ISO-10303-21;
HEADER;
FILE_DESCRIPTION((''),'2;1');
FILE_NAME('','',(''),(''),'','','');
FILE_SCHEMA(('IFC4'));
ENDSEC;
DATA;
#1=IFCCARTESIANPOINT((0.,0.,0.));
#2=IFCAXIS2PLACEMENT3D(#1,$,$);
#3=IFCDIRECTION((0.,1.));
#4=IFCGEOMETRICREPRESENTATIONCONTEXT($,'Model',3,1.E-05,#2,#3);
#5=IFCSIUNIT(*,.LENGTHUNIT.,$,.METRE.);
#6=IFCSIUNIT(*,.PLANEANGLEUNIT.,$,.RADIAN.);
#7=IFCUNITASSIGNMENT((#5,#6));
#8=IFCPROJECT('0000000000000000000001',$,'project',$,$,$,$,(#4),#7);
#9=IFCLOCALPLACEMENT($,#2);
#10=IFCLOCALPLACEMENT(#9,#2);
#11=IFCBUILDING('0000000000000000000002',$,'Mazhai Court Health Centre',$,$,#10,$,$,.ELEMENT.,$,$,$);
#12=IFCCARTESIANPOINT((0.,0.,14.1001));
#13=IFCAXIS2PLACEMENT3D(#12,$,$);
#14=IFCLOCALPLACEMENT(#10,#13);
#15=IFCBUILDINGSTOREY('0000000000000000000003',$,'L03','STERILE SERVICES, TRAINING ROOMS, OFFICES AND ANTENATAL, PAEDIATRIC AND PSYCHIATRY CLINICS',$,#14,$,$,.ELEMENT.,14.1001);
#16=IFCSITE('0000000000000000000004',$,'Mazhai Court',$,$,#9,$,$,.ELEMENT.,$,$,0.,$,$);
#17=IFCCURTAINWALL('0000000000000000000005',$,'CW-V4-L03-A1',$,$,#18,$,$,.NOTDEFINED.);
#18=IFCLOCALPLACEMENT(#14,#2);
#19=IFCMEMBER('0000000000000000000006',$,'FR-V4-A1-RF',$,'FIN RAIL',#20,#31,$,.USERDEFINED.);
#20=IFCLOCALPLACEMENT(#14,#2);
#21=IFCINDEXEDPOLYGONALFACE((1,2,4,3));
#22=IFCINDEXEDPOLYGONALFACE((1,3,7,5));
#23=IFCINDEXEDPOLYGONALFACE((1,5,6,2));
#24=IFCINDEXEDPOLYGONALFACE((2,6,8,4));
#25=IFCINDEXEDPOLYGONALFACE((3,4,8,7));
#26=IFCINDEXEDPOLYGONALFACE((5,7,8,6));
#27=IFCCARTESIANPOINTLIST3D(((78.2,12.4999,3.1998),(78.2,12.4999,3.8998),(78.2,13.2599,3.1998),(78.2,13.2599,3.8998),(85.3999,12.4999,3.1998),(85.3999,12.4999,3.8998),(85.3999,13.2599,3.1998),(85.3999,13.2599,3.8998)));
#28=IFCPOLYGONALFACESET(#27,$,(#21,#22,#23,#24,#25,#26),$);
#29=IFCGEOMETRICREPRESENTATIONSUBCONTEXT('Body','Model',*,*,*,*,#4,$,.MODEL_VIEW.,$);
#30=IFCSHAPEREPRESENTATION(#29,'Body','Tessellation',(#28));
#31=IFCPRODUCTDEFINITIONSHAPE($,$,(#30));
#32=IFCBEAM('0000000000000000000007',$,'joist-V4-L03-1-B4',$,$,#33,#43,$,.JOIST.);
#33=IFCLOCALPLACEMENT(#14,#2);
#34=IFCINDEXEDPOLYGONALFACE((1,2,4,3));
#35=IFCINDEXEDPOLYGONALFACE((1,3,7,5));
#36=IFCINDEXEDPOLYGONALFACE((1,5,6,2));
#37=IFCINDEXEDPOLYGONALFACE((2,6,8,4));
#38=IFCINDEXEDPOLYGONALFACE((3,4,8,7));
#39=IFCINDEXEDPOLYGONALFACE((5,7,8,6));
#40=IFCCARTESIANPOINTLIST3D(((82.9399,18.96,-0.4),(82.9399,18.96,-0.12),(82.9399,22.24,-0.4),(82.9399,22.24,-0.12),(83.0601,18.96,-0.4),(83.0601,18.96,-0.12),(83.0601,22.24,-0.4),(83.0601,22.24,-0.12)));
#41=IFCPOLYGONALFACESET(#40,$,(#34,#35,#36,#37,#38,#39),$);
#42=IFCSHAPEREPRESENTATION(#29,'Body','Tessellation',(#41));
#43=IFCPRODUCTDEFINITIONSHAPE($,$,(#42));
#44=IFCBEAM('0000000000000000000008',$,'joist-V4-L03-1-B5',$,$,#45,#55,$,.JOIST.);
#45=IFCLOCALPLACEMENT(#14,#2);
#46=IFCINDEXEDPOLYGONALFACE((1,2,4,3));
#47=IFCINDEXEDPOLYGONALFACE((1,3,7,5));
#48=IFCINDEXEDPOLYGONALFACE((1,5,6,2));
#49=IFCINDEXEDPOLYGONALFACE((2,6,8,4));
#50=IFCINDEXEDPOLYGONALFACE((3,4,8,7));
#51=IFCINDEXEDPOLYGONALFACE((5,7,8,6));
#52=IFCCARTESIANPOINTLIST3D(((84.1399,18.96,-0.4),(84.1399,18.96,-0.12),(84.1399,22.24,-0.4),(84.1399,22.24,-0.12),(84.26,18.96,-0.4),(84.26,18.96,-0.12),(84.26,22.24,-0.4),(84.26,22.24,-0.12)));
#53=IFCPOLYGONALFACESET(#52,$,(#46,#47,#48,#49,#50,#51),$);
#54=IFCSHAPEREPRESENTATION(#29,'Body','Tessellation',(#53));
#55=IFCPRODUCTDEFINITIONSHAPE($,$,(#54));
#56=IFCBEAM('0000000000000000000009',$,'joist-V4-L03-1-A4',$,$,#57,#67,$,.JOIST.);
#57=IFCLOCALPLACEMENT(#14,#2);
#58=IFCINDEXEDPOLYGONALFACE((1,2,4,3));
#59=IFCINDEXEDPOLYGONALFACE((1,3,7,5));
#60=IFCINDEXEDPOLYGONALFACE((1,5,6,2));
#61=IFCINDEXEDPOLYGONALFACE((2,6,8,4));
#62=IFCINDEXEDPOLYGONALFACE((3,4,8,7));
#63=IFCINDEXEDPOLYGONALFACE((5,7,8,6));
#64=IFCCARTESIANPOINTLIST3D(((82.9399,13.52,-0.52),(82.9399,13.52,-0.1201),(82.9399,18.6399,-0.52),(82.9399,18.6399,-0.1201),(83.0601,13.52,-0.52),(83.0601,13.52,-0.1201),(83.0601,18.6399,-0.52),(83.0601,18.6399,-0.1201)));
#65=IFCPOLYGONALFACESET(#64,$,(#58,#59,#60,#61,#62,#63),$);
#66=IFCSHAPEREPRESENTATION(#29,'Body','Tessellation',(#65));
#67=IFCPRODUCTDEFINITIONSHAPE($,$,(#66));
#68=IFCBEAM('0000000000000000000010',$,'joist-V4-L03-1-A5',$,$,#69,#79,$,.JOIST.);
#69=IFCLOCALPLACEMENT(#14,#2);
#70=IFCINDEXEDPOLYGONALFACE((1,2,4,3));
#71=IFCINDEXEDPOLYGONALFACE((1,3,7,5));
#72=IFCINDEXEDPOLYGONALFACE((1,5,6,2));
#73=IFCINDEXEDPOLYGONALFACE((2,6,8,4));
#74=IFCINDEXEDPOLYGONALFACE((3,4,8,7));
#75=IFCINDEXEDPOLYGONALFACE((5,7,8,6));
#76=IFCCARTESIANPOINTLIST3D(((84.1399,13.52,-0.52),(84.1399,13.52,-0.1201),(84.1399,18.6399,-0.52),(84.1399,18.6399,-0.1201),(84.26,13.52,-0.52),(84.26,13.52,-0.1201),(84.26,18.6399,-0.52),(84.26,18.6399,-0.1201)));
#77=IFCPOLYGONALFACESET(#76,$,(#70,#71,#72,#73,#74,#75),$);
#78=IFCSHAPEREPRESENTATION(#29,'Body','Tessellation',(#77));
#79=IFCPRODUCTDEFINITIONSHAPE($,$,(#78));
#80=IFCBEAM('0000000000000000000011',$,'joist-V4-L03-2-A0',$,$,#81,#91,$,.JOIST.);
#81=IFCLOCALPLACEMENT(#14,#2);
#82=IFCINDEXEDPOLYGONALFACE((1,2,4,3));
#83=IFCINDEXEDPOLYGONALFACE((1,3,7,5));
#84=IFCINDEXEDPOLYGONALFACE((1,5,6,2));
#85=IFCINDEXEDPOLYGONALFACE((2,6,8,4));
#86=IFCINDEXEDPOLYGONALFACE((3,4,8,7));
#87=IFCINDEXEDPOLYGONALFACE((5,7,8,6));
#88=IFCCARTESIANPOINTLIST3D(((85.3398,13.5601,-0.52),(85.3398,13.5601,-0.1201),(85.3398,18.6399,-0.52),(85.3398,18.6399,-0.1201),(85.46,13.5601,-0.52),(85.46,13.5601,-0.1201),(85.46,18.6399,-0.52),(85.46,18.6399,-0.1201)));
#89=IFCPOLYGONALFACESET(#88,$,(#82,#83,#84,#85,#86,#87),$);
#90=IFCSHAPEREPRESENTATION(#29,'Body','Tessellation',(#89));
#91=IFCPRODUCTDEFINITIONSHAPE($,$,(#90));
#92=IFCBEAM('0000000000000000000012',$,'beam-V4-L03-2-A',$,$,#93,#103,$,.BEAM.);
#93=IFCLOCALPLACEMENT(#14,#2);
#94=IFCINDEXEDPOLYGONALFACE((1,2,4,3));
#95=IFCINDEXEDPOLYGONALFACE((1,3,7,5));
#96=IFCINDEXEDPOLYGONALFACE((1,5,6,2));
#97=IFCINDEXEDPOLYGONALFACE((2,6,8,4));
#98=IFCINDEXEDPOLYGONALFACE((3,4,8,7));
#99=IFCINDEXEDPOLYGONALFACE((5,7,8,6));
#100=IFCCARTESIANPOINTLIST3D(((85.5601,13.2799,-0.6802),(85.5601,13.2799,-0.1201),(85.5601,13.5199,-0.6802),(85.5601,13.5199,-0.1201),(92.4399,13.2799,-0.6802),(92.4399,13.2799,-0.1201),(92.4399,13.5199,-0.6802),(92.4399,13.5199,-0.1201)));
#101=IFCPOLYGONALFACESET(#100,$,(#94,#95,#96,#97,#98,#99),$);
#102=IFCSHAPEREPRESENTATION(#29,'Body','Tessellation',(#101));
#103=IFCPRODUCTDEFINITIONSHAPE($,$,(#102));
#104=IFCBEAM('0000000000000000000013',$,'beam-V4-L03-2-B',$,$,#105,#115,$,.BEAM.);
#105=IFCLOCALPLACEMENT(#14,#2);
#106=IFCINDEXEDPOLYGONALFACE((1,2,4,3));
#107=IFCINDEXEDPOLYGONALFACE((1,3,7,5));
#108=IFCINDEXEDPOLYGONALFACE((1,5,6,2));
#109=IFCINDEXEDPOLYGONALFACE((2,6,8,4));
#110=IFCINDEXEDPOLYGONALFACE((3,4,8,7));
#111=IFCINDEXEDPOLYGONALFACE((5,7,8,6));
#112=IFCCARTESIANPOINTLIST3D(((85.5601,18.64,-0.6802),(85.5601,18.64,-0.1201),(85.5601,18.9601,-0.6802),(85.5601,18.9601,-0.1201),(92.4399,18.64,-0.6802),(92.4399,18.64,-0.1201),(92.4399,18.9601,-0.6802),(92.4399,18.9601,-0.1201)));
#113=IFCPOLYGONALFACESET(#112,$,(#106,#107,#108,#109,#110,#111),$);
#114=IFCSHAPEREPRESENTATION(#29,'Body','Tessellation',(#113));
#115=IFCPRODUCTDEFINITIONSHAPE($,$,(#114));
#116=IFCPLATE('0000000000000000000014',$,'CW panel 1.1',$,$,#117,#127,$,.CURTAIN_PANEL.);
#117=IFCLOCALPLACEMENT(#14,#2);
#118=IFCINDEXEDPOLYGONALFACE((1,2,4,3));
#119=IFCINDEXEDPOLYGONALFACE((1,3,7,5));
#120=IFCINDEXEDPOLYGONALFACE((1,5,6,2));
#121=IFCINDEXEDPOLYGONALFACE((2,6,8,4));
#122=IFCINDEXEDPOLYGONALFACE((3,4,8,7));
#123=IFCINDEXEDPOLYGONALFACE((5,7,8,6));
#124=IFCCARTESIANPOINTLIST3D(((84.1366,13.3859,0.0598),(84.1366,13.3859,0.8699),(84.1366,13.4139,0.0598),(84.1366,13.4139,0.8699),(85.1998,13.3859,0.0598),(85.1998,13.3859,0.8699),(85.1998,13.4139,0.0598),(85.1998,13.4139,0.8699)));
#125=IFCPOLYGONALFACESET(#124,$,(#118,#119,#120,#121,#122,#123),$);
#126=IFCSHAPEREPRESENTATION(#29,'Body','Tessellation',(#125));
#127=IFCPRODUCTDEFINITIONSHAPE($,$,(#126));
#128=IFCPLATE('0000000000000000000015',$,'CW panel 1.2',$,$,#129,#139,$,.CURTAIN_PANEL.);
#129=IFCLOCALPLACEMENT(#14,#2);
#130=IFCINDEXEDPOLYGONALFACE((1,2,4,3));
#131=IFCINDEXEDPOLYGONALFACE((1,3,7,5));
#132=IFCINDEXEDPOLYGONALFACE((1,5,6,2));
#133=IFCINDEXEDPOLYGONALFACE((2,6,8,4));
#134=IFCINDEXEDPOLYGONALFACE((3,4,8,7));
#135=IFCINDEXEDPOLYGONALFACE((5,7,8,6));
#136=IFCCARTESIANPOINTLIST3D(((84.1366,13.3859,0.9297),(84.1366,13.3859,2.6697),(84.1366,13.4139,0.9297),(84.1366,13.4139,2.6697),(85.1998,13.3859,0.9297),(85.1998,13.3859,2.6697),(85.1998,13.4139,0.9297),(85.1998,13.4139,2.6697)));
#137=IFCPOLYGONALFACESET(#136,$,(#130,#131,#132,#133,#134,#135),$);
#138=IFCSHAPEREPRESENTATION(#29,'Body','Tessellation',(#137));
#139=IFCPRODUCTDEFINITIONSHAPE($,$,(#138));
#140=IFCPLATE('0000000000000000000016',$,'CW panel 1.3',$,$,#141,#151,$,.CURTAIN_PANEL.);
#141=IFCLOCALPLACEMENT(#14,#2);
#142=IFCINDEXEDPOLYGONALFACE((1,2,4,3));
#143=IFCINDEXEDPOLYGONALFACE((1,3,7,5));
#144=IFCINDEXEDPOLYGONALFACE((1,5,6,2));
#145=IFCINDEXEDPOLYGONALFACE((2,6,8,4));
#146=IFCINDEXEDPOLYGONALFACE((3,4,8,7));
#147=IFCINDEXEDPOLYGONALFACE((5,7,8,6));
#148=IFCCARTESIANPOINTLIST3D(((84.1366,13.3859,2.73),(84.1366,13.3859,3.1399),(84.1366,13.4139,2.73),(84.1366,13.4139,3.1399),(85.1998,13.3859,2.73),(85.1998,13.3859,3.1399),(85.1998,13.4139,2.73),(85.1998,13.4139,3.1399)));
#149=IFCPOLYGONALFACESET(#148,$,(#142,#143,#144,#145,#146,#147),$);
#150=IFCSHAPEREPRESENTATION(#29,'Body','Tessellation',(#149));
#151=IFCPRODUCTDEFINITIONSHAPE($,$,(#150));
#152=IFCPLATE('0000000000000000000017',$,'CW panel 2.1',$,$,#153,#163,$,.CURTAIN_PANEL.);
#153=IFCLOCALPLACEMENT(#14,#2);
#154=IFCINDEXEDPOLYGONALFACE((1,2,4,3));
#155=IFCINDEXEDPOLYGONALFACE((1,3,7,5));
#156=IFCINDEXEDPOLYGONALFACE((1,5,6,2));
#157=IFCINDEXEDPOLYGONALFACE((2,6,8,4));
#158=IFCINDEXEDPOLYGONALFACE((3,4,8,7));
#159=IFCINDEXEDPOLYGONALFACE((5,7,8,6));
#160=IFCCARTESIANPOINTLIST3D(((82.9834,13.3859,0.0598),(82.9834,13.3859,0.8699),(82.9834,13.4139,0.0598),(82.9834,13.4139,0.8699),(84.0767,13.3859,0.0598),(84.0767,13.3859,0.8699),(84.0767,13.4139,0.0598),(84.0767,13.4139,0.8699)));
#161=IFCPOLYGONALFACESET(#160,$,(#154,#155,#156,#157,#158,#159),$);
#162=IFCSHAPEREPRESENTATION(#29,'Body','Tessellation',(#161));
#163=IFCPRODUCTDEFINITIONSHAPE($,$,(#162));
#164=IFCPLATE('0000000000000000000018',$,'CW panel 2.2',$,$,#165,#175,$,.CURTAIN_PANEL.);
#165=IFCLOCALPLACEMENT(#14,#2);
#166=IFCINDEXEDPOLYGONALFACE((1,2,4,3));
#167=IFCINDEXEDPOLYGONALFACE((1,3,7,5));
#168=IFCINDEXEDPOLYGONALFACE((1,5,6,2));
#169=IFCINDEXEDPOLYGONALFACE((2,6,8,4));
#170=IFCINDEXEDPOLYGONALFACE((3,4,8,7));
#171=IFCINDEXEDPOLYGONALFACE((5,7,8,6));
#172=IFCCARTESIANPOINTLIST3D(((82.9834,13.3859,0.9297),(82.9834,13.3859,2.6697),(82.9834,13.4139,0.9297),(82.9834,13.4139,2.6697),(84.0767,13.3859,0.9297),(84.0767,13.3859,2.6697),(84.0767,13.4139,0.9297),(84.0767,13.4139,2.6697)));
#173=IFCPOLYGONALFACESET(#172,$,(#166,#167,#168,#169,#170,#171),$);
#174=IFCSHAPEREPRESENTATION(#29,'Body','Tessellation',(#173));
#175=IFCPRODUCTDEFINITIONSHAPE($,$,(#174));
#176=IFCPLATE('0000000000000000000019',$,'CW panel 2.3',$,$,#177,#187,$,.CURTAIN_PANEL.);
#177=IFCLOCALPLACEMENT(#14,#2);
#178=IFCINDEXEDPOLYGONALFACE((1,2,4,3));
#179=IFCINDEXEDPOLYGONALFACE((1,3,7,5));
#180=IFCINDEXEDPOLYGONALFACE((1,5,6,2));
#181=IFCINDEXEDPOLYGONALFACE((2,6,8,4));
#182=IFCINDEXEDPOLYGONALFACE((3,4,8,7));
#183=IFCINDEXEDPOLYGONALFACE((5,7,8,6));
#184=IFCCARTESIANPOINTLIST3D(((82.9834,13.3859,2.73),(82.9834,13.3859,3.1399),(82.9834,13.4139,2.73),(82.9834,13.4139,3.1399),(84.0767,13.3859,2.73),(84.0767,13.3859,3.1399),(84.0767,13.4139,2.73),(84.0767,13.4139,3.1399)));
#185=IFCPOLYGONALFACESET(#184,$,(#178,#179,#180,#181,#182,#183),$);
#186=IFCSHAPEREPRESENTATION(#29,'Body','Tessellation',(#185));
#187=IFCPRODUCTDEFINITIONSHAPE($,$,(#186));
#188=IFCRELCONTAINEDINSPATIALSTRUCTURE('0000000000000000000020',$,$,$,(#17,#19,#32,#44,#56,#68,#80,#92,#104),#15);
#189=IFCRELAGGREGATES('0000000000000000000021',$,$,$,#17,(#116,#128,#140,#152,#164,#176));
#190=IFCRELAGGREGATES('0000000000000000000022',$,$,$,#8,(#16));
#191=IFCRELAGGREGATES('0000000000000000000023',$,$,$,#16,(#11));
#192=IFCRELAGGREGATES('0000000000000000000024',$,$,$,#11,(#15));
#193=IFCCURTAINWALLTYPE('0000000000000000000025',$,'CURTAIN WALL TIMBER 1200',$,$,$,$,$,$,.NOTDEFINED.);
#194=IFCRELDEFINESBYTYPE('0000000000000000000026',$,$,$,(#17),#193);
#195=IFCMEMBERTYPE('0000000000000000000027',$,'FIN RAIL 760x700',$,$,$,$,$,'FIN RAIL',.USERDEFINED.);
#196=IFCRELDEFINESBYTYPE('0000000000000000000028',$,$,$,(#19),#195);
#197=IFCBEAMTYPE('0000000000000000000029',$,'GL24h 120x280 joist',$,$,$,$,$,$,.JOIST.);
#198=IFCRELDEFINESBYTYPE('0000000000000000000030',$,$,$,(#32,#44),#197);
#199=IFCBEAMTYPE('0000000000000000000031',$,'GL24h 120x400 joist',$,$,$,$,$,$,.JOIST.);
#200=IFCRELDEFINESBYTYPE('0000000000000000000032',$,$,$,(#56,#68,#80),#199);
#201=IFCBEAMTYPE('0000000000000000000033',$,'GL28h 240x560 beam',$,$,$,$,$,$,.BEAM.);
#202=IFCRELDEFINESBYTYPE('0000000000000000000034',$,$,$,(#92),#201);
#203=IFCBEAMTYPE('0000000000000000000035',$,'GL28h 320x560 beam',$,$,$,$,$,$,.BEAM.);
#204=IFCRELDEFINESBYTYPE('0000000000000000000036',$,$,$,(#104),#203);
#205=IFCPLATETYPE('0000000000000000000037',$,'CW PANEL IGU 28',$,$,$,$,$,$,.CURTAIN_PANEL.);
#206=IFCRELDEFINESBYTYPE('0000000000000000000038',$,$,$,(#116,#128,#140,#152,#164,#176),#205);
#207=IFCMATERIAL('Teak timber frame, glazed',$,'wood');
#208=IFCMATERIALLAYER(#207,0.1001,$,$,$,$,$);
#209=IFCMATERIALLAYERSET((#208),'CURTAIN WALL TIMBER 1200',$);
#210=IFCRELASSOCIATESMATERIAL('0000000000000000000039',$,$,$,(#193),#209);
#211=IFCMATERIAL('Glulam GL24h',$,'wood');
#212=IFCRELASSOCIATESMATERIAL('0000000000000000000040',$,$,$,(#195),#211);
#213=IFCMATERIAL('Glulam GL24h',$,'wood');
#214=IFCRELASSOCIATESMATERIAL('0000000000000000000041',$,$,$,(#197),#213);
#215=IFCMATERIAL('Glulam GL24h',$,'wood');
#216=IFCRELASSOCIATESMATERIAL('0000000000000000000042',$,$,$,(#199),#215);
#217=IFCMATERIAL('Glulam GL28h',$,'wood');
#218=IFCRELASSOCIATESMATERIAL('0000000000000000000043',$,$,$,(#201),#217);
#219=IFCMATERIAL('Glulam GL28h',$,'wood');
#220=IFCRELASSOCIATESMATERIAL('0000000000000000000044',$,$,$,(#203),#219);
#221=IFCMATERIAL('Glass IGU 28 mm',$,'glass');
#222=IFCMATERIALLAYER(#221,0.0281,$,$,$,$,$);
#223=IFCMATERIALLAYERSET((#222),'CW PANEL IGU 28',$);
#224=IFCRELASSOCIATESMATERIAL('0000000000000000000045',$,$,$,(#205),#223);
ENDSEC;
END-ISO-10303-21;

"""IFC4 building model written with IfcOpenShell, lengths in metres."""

from ifc_helpers import new_model, si_unit, direction, frame, origin, origin_2d, place, context, subcontext, project, spatial, rectangle, extrude, material, layer, layer_set, material_profile, profile_set, type_object, element, aggregate, save


model = new_model("IFC4")

# Units and contexts
model_context = context("Model", 3, precision=1e-05, world=origin(), true_north=direction((0.0, 1.0)))
body_context = subcontext(model_context, "Body", "Model", "MODEL_VIEW")
ifc_project = project(units=[si_unit("LENGTHUNIT", "METRE"), si_unit("PLANEANGLEUNIT", "RADIAN")], contexts=[model_context])

# Site, building, storey
site_placement = place(None, origin())
site = spatial("IfcSite", under=ifc_project, at=site_placement, Name="Mazhai Court", CompositionType="ELEMENT", RefElevation=0.0)
building_placement = place(site_placement, origin())
building = spatial("IfcBuilding", under=site, at=building_placement, Name="Mazhai Court Health Centre", CompositionType="ELEMENT")
storey_placement = place(building_placement, frame((0.0, 0.0, 14.1001)))
storey = spatial("IfcBuildingStorey", under=building, at=storey_placement, Name="L03", Description="STERILE SERVICES, TRAINING ROOMS, OFFICES AND ANTENATAL, PAEDIATRIC AND PSYCHIATRY CLINICS", CompositionType="ELEMENT", Elevation=14.1001)

# Curtain wall
ifc_material_1 = material(Name="Teak timber frame, glazed", Category="wood")
ifc_layer_1 = layer(ifc_material_1, 0.1001)
ifc_layer_set_1 = layer_set([ifc_layer_1], Name="CURTAIN WALL TIMBER 1200")
curtain_wall_type = type_object("IfcCurtainWallType", Name="CURTAIN WALL TIMBER 1200", PredefinedType="NOTDEFINED", material=ifc_layer_set_1)
curtain_wall_1_placement = place(storey_placement, origin())
curtain_wall_1 = element("IfcCurtainWall", 1, at=curtain_wall_1_placement, inside=storey, type_object=curtain_wall_type, Name="CW-V4-L03-A1", PredefinedType="NOTDEFINED")

# Member
ifc_material_2 = material(Name="Glulam GL24h", Category="wood")
ifc_material_profile_1 = material_profile(ifc_material_2, rectangle(XDim=0.76, YDim=0.7, at=origin_2d()), Name="FIN RAIL 760x700")
ifc_profile_set_1 = profile_set([ifc_material_profile_1], Name="Glulam GL24h")
member_type_1 = type_object("IfcMemberType", Name="FIN RAIL 760x700", ElementType="FIN RAIL", PredefinedType="USERDEFINED", material=ifc_profile_set_1)
member_1_placement = place(storey_placement, frame((85.3999, 12.8799, 3.5498), z_axis=(-1.0, 0.0, 0.0), x_axis=(0.0, -1.0, 0.0)))
element("IfcMember", 2, at=member_1_placement, inside=storey, type_object=member_type_1, Name="FR-V4-A1-RF", ObjectType="FIN RAIL", PredefinedType="USERDEFINED", context=body_context, shape_type="SweptSolid", body=[
    extrude(rectangle(XDim=0.76, YDim=0.7, at=origin_2d()), origin(), (0.0, 0.0, 1.0), 7.2),
])

# Beams
ifc_material_3 = material(Name="Glulam GL24h", Category="wood")
ifc_material_profile_2 = material_profile(ifc_material_3, rectangle(XDim=0.1201, YDim=0.28, at=origin_2d()), Name="GL24h 120x280")
ifc_profile_set_2 = profile_set([ifc_material_profile_2], Name="Glulam GL24h")
beam_type_1 = type_object("IfcBeamType", Name="GL24h 120x280 joist", PredefinedType="JOIST", material=ifc_profile_set_2)
for number, where, z_axis, x_axis, name in (
    (3, (83.0, 18.96, -0.26), (0.0, 1.0, 0.0), (-1.0, 0.0, 0.0), "joist-V4-L03-1-B4"),
    (4, (84.2, 18.96, -0.26), (0.0, 1.0, 0.0), (-1.0, 0.0, 0.0), "joist-V4-L03-1-B5"),
):
    element("IfcBeam", number, at=place(storey_placement, frame(where, z_axis=z_axis, x_axis=x_axis)), inside=storey, type_object=beam_type_1, Name=name, PredefinedType="JOIST", context=body_context, shape_type="SweptSolid", body=[
        extrude(rectangle(XDim=0.1201, YDim=0.28, at=origin_2d()), origin(), (0.0, 0.0, 1.0), 3.28),
    ])
ifc_material_4 = material(Name="Glulam GL24h", Category="wood")
ifc_material_profile_3 = material_profile(ifc_material_4, rectangle(XDim=0.1201, YDim=0.3999, at=origin_2d()), Name="GL24h 120x400")
ifc_profile_set_3 = profile_set([ifc_material_profile_3], Name="Glulam GL24h")
beam_type_2 = type_object("IfcBeamType", Name="GL24h 120x400 joist", PredefinedType="JOIST", material=ifc_profile_set_3)
for number, where, z_axis, x_axis, name in (
    (5, (83.0, 13.52, -0.3201), (0.0, 1.0, 0.0), (-1.0, 0.0, 0.0), "joist-V4-L03-1-A4"),
    (6, (84.2, 13.52, -0.3201), (0.0, 1.0, 0.0), (-1.0, 0.0, 0.0), "joist-V4-L03-1-A5"),
):
    element("IfcBeam", number, at=place(storey_placement, frame(where, z_axis=z_axis, x_axis=x_axis)), inside=storey, type_object=beam_type_2, Name=name, PredefinedType="JOIST", context=body_context, shape_type="SweptSolid", body=[
        extrude(rectangle(XDim=0.1201, YDim=0.3999, at=origin_2d()), origin(), (0.0, 0.0, 1.0), 5.1199),
    ])
beam_1_placement = place(storey_placement, frame((85.3999, 13.5601, -0.3201), z_axis=(0.0, 1.0, 0.0), x_axis=(-1.0, 0.0, 0.0)))
element("IfcBeam", 7, at=beam_1_placement, inside=storey, type_object=beam_type_2, Name="joist-V4-L03-2-A0", PredefinedType="JOIST", context=body_context, shape_type="SweptSolid", body=[
    extrude(rectangle(XDim=0.1201, YDim=0.3999, at=origin_2d()), origin(), (0.0, 0.0, 1.0), 5.0798),
])
ifc_material_5 = material(Name="Glulam GL28h", Category="wood")
ifc_material_profile_4 = material_profile(ifc_material_5, rectangle(XDim=0.24, YDim=0.5601, at=origin_2d()), Name="GL28h 240x560")
ifc_profile_set_4 = profile_set([ifc_material_profile_4], Name="Glulam GL28h")
beam_type_3 = type_object("IfcBeamType", Name="GL28h 240x560 beam", PredefinedType="BEAM", material=ifc_profile_set_4)
beam_2_placement = place(storey_placement, frame((85.5601, 13.3999, -0.4001), z_axis=(1.0, 0.0, 0.0), x_axis=(0.0, 1.0, 0.0)))
element("IfcBeam", 8, at=beam_2_placement, inside=storey, type_object=beam_type_3, Name="beam-V4-L03-2-A", PredefinedType="BEAM", context=body_context, shape_type="SweptSolid", body=[
    extrude(rectangle(XDim=0.24, YDim=0.5601, at=origin_2d()), origin(), (0.0, 0.0, 1.0), 6.8799),
])
ifc_material_6 = material(Name="Glulam GL28h", Category="wood")
ifc_material_profile_5 = material_profile(ifc_material_6, rectangle(XDim=0.3201, YDim=0.5601, at=origin_2d()), Name="GL28h 320x560")
ifc_profile_set_5 = profile_set([ifc_material_profile_5], Name="Glulam GL28h")
beam_type_4 = type_object("IfcBeamType", Name="GL28h 320x560 beam", PredefinedType="BEAM", material=ifc_profile_set_5)
beam_3_placement = place(storey_placement, frame((85.5601, 18.8, -0.4001), z_axis=(1.0, 0.0, 0.0), x_axis=(0.0, 1.0, 0.0)))
element("IfcBeam", 9, at=beam_3_placement, inside=storey, type_object=beam_type_4, Name="beam-V4-L03-2-B", PredefinedType="BEAM", context=body_context, shape_type="SweptSolid", body=[
    extrude(rectangle(XDim=0.3201, YDim=0.5601, at=origin_2d()), origin(), (0.0, 0.0, 1.0), 6.8799),
])

# Plates
ifc_material_7 = material(Name="Glass IGU 28 mm", Category="glass")
ifc_layer_2 = layer(ifc_material_7, 0.0281)
ifc_layer_set_2 = layer_set([ifc_layer_2], Name="CW PANEL IGU 28")
plate_type = type_object("IfcPlateType", Name="CW PANEL IGU 28", PredefinedType="CURTAIN_PANEL", material=ifc_layer_set_2)
plate_1_placement = place(storey_placement, frame((84.6682, 13.3999, 0.0598), z_axis=(0.0, 0.0, 1.0), x_axis=(-1.0, 0.0, 0.0)))
plate_1 = element("IfcPlate", 10, at=plate_1_placement, type_object=plate_type, Name="CW panel 1.1", PredefinedType="CURTAIN_PANEL", context=body_context, shape_type="SweptSolid", body=[
    extrude(rectangle(XDim=1.0632, YDim=0.0281, at=origin_2d()), origin(), (0.0, 0.0, 1.0), 0.8101),
])
plate_2_placement = place(storey_placement, frame((84.6682, 13.3999, 0.9297), z_axis=(0.0, 0.0, 1.0), x_axis=(-1.0, 0.0, 0.0)))
plate_2 = element("IfcPlate", 11, at=plate_2_placement, type_object=plate_type, Name="CW panel 1.2", PredefinedType="CURTAIN_PANEL", context=body_context, shape_type="SweptSolid", body=[
    extrude(rectangle(XDim=1.0632, YDim=0.0281, at=origin_2d()), origin(), (0.0, 0.0, 1.0), 1.74),
])
plate_3_placement = place(storey_placement, frame((84.6682, 13.3999, 2.73), z_axis=(0.0, 0.0, 1.0), x_axis=(-1.0, 0.0, 0.0)))
plate_3 = element("IfcPlate", 12, at=plate_3_placement, type_object=plate_type, Name="CW panel 1.3", PredefinedType="CURTAIN_PANEL", context=body_context, shape_type="SweptSolid", body=[
    extrude(rectangle(XDim=1.0632, YDim=0.0281, at=origin_2d()), origin(), (0.0, 0.0, 1.0), 0.4099),
])
plate_4_placement = place(storey_placement, frame((83.53, 13.3999, 0.0598), z_axis=(0.0, 0.0, 1.0), x_axis=(-1.0, 0.0, 0.0)))
plate_4 = element("IfcPlate", 13, at=plate_4_placement, type_object=plate_type, Name="CW panel 2.1", PredefinedType="CURTAIN_PANEL", context=body_context, shape_type="SweptSolid", body=[
    extrude(rectangle(XDim=1.0933, YDim=0.0281, at=origin_2d()), origin(), (0.0, 0.0, 1.0), 0.8101),
])
plate_5_placement = place(storey_placement, frame((83.53, 13.3999, 0.9297), z_axis=(0.0, 0.0, 1.0), x_axis=(-1.0, 0.0, 0.0)))
plate_5 = element("IfcPlate", 14, at=plate_5_placement, type_object=plate_type, Name="CW panel 2.2", PredefinedType="CURTAIN_PANEL", context=body_context, shape_type="SweptSolid", body=[
    extrude(rectangle(XDim=1.0933, YDim=0.0281, at=origin_2d()), origin(), (0.0, 0.0, 1.0), 1.74),
])
plate_6_placement = place(storey_placement, frame((83.53, 13.3999, 2.73), z_axis=(0.0, 0.0, 1.0), x_axis=(-1.0, 0.0, 0.0)))
plate_6 = element("IfcPlate", 15, at=plate_6_placement, type_object=plate_type, Name="CW panel 2.3", PredefinedType="CURTAIN_PANEL", context=body_context, shape_type="SweptSolid", body=[
    extrude(rectangle(XDim=1.0933, YDim=0.0281, at=origin_2d()), origin(), (0.0, 0.0, 1.0), 0.4099),
])
aggregate(curtain_wall_1, [plate_1, plate_2, plate_3, plate_4, plate_5, plate_6])

save(model, "model.ifc")
